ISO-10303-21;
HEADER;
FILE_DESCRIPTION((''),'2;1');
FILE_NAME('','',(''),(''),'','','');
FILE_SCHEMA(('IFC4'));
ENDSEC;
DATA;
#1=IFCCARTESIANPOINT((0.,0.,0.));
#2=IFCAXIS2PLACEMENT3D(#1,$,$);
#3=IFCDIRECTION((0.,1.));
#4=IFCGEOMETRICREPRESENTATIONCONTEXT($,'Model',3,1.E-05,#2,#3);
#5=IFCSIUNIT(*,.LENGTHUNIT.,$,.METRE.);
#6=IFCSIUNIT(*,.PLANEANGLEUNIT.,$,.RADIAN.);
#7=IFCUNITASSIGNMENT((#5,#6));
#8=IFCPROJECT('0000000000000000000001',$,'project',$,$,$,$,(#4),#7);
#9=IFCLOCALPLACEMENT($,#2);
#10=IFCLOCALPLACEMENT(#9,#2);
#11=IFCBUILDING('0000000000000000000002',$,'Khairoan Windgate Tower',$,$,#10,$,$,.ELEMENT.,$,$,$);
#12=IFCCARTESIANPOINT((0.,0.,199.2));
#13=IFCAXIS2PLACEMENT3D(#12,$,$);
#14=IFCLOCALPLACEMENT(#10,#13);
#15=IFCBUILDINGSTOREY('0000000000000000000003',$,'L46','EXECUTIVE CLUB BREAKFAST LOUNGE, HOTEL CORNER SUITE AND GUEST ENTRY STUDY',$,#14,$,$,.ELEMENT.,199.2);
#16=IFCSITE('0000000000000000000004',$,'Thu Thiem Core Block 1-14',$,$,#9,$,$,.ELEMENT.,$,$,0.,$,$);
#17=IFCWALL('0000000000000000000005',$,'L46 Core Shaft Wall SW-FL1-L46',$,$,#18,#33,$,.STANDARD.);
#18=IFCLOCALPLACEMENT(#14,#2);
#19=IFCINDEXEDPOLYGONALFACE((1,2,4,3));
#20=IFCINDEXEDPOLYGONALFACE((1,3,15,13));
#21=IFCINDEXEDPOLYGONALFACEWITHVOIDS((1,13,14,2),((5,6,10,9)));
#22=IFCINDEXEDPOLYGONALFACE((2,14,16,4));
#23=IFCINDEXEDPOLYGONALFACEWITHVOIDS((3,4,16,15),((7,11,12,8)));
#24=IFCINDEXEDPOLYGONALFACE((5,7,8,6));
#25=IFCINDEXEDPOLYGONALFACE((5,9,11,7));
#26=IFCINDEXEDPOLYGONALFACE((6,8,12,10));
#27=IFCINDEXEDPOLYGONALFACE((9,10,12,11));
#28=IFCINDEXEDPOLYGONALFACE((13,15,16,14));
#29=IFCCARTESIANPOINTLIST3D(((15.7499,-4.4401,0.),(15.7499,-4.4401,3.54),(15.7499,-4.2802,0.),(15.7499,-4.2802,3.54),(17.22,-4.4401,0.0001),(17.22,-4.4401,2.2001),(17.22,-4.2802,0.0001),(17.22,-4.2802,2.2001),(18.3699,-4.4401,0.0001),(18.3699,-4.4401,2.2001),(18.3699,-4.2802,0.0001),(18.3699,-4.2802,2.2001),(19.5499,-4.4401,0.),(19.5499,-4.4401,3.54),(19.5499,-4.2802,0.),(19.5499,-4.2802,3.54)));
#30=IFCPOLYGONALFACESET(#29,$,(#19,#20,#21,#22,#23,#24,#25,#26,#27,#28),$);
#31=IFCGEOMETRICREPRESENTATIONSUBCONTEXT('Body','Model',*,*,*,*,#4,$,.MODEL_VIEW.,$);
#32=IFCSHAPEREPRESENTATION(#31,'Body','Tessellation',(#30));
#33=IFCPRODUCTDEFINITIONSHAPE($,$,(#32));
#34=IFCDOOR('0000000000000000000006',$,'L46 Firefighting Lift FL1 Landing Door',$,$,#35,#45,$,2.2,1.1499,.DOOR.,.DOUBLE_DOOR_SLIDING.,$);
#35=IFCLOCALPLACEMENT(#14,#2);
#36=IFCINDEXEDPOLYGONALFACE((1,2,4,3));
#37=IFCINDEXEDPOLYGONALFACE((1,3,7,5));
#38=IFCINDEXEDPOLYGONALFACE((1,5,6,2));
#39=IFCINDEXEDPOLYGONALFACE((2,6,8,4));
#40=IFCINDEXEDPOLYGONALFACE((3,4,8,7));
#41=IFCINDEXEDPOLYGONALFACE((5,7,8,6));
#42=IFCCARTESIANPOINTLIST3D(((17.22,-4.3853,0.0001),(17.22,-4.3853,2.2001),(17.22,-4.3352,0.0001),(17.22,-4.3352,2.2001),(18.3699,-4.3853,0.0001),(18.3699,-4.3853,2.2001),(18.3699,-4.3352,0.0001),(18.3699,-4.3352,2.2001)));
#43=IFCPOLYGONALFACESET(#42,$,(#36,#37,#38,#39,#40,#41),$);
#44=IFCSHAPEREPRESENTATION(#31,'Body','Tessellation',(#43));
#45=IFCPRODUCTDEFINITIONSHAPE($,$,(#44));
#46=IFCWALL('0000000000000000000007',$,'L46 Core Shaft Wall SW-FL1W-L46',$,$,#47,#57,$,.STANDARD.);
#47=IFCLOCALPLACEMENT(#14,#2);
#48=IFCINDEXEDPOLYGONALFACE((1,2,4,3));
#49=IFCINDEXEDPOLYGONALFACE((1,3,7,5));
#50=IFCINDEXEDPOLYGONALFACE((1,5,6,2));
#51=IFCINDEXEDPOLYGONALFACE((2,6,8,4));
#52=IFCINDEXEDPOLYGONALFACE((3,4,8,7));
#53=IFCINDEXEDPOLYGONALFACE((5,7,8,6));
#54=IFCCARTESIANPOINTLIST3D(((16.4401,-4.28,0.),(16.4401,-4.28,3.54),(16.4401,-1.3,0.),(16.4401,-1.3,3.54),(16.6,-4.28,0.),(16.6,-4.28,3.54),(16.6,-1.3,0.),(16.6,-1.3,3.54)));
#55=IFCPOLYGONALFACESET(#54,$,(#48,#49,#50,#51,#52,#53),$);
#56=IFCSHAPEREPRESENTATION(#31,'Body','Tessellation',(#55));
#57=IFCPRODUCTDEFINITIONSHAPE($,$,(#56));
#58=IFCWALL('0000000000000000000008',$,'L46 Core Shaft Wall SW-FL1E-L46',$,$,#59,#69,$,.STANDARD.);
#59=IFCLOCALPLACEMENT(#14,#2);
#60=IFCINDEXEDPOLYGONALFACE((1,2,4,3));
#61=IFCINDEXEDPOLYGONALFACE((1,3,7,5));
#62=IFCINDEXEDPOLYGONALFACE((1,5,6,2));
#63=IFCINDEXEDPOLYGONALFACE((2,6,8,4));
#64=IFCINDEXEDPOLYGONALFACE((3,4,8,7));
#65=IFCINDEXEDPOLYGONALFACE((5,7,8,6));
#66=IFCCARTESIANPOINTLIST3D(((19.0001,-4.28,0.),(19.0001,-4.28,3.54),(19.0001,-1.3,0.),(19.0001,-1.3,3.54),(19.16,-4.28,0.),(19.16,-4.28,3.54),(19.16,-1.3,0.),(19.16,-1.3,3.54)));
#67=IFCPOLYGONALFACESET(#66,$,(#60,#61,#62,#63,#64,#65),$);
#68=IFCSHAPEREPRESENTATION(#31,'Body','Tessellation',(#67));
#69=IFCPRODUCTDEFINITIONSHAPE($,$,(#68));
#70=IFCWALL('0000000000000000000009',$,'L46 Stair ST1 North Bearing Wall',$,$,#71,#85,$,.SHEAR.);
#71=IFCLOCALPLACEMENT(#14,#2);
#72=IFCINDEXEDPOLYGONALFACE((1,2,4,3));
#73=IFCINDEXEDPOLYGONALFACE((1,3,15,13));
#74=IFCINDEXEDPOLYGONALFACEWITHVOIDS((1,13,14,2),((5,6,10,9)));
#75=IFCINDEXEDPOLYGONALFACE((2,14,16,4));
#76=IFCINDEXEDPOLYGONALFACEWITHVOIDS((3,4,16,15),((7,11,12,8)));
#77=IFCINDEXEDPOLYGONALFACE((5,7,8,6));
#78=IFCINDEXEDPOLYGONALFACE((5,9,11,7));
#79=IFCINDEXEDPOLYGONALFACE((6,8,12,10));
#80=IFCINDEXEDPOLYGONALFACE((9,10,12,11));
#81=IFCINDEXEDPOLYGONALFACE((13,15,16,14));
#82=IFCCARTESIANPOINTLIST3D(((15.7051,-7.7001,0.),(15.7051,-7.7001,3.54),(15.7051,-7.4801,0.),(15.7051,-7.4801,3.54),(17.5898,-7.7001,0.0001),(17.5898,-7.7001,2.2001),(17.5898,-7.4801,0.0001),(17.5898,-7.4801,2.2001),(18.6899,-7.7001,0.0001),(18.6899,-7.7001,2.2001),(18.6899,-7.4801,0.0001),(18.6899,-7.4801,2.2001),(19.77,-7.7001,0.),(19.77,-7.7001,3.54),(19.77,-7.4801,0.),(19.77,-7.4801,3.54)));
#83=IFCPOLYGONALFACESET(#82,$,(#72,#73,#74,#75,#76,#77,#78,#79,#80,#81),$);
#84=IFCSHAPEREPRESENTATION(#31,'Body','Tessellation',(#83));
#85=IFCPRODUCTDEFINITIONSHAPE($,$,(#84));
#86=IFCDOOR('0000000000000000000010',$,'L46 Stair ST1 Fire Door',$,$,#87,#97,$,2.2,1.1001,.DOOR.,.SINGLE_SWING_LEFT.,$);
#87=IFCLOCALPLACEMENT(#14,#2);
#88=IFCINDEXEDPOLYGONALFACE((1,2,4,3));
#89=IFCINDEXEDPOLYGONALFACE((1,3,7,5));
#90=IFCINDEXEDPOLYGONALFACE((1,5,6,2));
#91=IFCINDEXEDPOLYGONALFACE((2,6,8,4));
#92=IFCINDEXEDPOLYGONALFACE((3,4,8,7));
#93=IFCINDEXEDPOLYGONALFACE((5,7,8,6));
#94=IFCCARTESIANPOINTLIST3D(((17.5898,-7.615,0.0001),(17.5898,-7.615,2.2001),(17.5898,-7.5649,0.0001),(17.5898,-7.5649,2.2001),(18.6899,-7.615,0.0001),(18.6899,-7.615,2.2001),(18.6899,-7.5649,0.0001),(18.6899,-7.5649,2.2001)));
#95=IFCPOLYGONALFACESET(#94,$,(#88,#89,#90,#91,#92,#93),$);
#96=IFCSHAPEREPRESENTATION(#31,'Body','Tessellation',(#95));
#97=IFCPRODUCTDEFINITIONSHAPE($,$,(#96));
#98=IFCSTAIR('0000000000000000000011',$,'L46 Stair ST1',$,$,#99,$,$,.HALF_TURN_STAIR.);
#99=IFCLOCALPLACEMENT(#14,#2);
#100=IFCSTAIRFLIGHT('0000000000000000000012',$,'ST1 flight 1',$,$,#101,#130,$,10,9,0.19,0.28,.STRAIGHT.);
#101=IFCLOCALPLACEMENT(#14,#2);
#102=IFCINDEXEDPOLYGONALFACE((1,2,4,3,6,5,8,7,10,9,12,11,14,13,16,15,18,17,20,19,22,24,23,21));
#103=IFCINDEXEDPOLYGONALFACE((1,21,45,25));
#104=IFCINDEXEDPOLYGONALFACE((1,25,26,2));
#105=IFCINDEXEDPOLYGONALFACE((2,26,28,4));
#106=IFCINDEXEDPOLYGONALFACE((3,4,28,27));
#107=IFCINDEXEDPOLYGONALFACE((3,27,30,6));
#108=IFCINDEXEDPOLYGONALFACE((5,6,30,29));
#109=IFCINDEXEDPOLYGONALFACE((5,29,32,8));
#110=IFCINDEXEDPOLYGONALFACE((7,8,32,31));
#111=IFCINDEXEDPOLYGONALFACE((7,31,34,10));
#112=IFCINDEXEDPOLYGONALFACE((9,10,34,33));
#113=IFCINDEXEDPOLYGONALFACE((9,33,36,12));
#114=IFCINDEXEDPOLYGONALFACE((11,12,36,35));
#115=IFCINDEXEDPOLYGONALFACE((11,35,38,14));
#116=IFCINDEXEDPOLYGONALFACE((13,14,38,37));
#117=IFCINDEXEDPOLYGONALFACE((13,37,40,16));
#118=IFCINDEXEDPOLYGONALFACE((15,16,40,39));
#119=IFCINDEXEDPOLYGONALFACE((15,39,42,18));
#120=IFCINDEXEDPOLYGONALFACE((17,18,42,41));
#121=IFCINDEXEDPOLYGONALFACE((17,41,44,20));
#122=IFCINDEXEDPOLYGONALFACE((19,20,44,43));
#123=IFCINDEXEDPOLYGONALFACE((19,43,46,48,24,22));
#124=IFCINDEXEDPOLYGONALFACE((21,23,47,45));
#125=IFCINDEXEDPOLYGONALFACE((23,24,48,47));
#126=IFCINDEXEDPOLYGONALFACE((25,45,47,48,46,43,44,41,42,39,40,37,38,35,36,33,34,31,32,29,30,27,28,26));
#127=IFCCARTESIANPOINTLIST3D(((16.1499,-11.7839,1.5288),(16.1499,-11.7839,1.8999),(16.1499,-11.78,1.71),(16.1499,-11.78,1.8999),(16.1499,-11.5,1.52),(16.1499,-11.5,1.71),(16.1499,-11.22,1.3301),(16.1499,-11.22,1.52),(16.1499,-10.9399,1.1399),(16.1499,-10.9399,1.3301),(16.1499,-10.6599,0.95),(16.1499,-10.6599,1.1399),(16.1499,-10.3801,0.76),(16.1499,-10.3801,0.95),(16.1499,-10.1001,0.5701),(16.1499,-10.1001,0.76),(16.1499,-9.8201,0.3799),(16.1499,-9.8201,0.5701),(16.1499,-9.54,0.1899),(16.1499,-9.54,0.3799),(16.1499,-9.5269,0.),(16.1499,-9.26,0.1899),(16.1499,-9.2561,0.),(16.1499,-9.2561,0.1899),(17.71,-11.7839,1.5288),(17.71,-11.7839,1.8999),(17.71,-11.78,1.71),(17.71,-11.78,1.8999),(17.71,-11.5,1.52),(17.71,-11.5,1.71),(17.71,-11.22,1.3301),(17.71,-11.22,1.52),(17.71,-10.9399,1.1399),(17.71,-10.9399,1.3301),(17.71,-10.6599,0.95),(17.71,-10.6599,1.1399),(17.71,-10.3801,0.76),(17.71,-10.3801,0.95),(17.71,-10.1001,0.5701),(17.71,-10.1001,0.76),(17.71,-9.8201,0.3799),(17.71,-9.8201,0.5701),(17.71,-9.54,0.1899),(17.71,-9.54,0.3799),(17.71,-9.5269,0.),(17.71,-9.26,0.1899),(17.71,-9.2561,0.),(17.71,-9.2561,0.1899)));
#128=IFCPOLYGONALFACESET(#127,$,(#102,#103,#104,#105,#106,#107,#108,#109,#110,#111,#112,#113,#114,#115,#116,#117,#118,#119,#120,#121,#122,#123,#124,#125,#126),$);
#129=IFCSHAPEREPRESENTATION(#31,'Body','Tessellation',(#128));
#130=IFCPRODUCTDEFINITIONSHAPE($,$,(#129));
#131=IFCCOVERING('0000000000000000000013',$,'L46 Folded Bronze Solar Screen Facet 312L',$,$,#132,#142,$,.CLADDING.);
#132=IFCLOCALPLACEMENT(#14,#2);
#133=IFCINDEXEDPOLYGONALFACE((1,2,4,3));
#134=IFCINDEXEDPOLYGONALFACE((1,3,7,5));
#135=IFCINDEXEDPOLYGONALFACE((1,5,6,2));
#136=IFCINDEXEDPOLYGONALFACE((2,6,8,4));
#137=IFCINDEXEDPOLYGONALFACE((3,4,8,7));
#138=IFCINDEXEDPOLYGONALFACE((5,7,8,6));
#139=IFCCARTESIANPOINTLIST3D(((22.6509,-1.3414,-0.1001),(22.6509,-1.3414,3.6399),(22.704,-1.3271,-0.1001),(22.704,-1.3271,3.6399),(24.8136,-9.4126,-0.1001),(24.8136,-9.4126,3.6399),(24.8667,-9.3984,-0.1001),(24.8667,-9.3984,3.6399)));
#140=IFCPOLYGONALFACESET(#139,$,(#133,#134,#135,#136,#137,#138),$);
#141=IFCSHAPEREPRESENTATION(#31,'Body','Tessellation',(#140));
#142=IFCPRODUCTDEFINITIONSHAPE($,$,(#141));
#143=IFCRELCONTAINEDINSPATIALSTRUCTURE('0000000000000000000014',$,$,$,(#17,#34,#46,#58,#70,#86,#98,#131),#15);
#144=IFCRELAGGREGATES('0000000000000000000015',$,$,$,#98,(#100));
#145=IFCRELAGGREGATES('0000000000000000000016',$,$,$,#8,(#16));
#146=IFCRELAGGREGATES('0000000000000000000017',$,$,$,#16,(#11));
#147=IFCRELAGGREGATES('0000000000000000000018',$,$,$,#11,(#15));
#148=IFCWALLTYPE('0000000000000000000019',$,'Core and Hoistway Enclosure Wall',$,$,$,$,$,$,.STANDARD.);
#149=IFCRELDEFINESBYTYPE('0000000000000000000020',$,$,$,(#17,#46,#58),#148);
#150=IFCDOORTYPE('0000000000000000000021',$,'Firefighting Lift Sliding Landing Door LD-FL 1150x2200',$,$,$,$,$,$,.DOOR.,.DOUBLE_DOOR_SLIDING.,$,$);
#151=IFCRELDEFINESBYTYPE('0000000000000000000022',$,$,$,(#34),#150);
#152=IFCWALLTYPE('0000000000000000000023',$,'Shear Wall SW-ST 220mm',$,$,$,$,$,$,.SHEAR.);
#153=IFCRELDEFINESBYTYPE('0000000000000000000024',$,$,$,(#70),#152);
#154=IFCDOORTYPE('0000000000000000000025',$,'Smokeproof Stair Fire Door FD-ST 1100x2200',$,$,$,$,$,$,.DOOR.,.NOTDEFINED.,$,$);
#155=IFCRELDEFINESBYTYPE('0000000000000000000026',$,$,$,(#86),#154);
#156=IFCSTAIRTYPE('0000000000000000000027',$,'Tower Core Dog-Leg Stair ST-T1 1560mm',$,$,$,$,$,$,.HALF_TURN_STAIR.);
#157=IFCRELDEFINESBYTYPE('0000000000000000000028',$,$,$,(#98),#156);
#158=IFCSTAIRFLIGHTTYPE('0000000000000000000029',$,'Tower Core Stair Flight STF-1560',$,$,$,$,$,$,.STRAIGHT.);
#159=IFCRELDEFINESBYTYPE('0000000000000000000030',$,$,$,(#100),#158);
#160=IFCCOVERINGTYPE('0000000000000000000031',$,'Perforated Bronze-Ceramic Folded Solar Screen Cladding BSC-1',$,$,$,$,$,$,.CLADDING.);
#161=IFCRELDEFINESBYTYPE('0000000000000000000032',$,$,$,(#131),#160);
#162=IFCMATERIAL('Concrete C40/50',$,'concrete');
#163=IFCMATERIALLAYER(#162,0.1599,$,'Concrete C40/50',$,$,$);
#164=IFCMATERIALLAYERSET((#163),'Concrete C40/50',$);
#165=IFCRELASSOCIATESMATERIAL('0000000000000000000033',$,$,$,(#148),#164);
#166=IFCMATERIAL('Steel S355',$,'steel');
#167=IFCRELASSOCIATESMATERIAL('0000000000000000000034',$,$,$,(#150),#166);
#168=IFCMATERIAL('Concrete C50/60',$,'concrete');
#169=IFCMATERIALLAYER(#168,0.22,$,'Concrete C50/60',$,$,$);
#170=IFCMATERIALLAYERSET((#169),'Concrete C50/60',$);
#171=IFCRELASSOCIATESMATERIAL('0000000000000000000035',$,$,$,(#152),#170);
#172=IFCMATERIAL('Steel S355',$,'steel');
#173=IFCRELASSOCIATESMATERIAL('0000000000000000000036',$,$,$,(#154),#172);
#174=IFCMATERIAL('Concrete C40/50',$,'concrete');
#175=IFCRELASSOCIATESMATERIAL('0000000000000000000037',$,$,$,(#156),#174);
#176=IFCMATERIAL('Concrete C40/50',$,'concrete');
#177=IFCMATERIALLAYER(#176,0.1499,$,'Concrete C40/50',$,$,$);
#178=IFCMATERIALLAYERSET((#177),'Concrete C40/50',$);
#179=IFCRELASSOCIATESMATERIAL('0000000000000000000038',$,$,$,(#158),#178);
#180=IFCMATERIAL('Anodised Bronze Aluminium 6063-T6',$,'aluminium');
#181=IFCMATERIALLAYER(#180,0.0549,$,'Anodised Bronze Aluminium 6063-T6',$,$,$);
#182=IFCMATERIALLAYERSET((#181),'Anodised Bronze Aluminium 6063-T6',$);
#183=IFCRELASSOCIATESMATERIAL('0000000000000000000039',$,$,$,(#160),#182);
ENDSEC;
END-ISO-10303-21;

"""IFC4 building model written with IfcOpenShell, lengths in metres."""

from ifc_helpers import new_model, si_unit, direction, frame, frame_2d, origin, origin_2d, place, context, subcontext, project, spatial, polyline, rectangle, outline, extrude, material, layer, layer_set, type_object, element, fill, aggregate, save


model = new_model("IFC4")

# Units and contexts
model_context = context("Model", 3, precision=1e-05, world=origin(), true_north=direction((0.0, 1.0)))
body_context = subcontext(model_context, "Body", "Model", "MODEL_VIEW")
ifc_project = project(units=[si_unit("LENGTHUNIT", "METRE"), si_unit("PLANEANGLEUNIT", "RADIAN")], contexts=[model_context])

# Site, building, storey
site_placement = place(None, origin())
site = spatial("IfcSite", under=ifc_project, at=site_placement, Name="Thu Thiem Core Block 1-14", CompositionType="ELEMENT", RefElevation=0.0)
building_placement = place(site_placement, origin())
building = spatial("IfcBuilding", under=site, at=building_placement, Name="Khairoan Windgate Tower", CompositionType="ELEMENT")
storey_placement = place(building_placement, frame((0.0, 0.0, 199.2)))
storey = spatial("IfcBuildingStorey", under=building, at=storey_placement, Name="L46", Description="EXECUTIVE CLUB BREAKFAST LOUNGE, HOTEL CORNER SUITE AND GUEST ENTRY STUDY", CompositionType="ELEMENT", Elevation=199.2)

# Shared definitions
ifc_material_1 = material(Name="Concrete C40/50", Category="concrete")
ifc_layer_1 = layer(ifc_material_1, 0.1599, Name="Concrete C40/50")
ifc_layer_set_1 = layer_set([ifc_layer_1], Name="Concrete C40/50")
wall_type_1 = type_object("IfcWallType", Name="Core and Hoistway Enclosure Wall", PredefinedType="STANDARD", material=ifc_layer_set_1)

# Wall, opening, door
wall_1_placement = place(storey_placement, frame((15.75, -4.3601, 0.0), z_axis=(0.0, 0.0, 1.0), x_axis=(1.0, 0.0, 0.0)))
wall_1 = element("IfcWall", 1, at=wall_1_placement, inside=storey, type_object=wall_type_1, Name="L46 Core Shaft Wall SW-FL1-L46", PredefinedType="STANDARD", context=body_context, shape_type="SweptSolid", body=[
    extrude(rectangle(XDim=3.8, YDim=0.1599, at=frame_2d((1.8999, 0.0))), origin(), (0.0, 0.0, 1.0), 3.54),
])
opening_1_placement = place(wall_1_placement, frame((1.47, 0.0, 0.0)))
opening_1 = element("IfcOpeningElement", 2, at=opening_1_placement, cuts=wall_1, PredefinedType="OPENING", context=body_context, shape_type="SweptSolid", body=[
    extrude(rectangle(XDim=1.1499, YDim=2.2, at=frame_2d((0.575, 1.1001))), frame((0.0, 0.0898, 0.0), z_axis=(0.0, -1.0, 0.0), x_axis=(1.0, 0.0, 0.0)), (0.0, 0.0, 1.0), 0.1799),
])
ifc_material_2 = material(Name="Steel S355", Category="steel")
door_type_1 = type_object("IfcDoorType", Name="Firefighting Lift Sliding Landing Door LD-FL 1150x2200", OperationType="DOUBLE_DOOR_SLIDING", PredefinedType="DOOR", material=ifc_material_2)
door_1_placement = place(opening_1_placement, origin())
door_1 = element("IfcDoor", 3, at=door_1_placement, inside=storey, type_object=door_type_1, Name="L46 Firefighting Lift FL1 Landing Door", OperationType="DOUBLE_DOOR_SLIDING", OverallHeight=2.2, OverallWidth=1.1499, PredefinedType="DOOR", context=body_context, shape_type="SweptSolid", body=[
    extrude(rectangle(XDim=1.1499, YDim=2.2, at=frame_2d((0.575, 1.1001))), frame((0.0, 0.0249, 0.0), z_axis=(0.0, -1.0, 0.0), x_axis=(1.0, 0.0, 0.0)), (0.0, 0.0, 1.0), 0.05),
])
fill(opening_1, door_1)

# Walls
for number, where, z_axis, x_axis, name in (
    (4, (16.52, -4.28, 0.0), (0.0, 0.0, 1.0), (0.0, 1.0, 0.0), "L46 Core Shaft Wall SW-FL1W-L46"),
    (5, (19.0801, -4.28, 0.0), (0.0, 0.0, 1.0), (0.0, 1.0, 0.0), "L46 Core Shaft Wall SW-FL1E-L46"),
):
    element("IfcWall", number, at=place(storey_placement, frame(where, z_axis=z_axis, x_axis=x_axis)), inside=storey, type_object=wall_type_1, Name=name, PredefinedType="STANDARD", context=body_context, shape_type="SweptSolid", body=[
        extrude(rectangle(XDim=2.98, YDim=0.1599, at=frame_2d((1.49, 0.0))), origin(), (0.0, 0.0, 1.0), 3.54),
    ])

# Wall, opening, door
ifc_material_3 = material(Name="Concrete C50/60", Category="concrete")
ifc_layer_2 = layer(ifc_material_3, 0.22, Name="Concrete C50/60")
ifc_layer_set_2 = layer_set([ifc_layer_2], Name="Concrete C50/60")
wall_type_2 = type_object("IfcWallType", Name="Shear Wall SW-ST 220mm", PredefinedType="SHEAR", material=ifc_layer_set_2)
wall_2_placement = place(storey_placement, frame((19.77, -7.5901, 0.0), z_axis=(0.0, 0.0, 1.0), x_axis=(-1.0, 0.0, 0.0)))
wall_2 = element("IfcWall", 6, at=wall_2_placement, inside=storey, type_object=wall_type_2, Name="L46 Stair ST1 North Bearing Wall", PredefinedType="SHEAR", context=body_context, shape_type="SweptSolid", body=[
    extrude(rectangle(XDim=4.0649, YDim=0.22, at=frame_2d((2.0325, 0.0))), origin(), (0.0, 0.0, 1.0), 3.54),
])
opening_2_placement = place(wall_2_placement, frame((1.0801, 0.0, 0.0)))
opening_2 = element("IfcOpeningElement", 7, at=opening_2_placement, cuts=wall_2, PredefinedType="OPENING", context=body_context, shape_type="SweptSolid", body=[
    extrude(rectangle(XDim=1.1001, YDim=2.2, at=frame_2d((0.55, 1.1001))), frame((0.0, 0.1199, 0.0), z_axis=(0.0, -1.0, 0.0), x_axis=(1.0, 0.0, 0.0)), (0.0, 0.0, 1.0), 0.24),
])
ifc_material_4 = material(Name="Steel S355", Category="steel")
door_type_2 = type_object("IfcDoorType", Name="Smokeproof Stair Fire Door FD-ST 1100x2200", OperationType="NOTDEFINED", PredefinedType="DOOR", material=ifc_material_4)
door_2_placement = place(opening_2_placement, origin())
door_2 = element("IfcDoor", 8, at=door_2_placement, inside=storey, type_object=door_type_2, Name="L46 Stair ST1 Fire Door", OperationType="SINGLE_SWING_LEFT", OverallHeight=2.2, OverallWidth=1.1001, PredefinedType="DOOR", context=body_context, shape_type="SweptSolid", body=[
    extrude(rectangle(XDim=1.1001, YDim=2.2, at=frame_2d((0.55, 1.1001))), frame((0.0, 0.0249, 0.0), z_axis=(0.0, -1.0, 0.0), x_axis=(1.0, 0.0, 0.0)), (0.0, 0.0, 1.0), 0.05),
])
fill(opening_2, door_2)

# Stair, stair flight
ifc_material_5 = material(Name="Concrete C40/50", Category="concrete")
stair_type = type_object("IfcStairType", Name="Tower Core Dog-Leg Stair ST-T1 1560mm", PredefinedType="HALF_TURN_STAIR", material=ifc_material_5)
stair_placement = place(storey_placement, origin())
stair = element("IfcStair", 9, at=stair_placement, inside=storey, type_object=stair_type, Name="L46 Stair ST1", PredefinedType="HALF_TURN_STAIR")
ifc_material_6 = material(Name="Concrete C40/50", Category="concrete")
ifc_layer_3 = layer(ifc_material_6, 0.1499, Name="Concrete C40/50")
ifc_layer_set_3 = layer_set([ifc_layer_3], Name="Concrete C40/50")
stair_flight_type = type_object("IfcStairFlightType", Name="Tower Core Stair Flight STF-1560", PredefinedType="STRAIGHT", material=ifc_layer_set_3)
stair_flight_placement = place(storey_placement, frame((16.9299, -9.26, 0.0), z_axis=(0.0, 0.0, 1.0), x_axis=(0.0, -1.0, 0.0)))
stair_flight = element("IfcStairFlight", 10, at=stair_flight_placement, type_object=stair_flight_type, Name="ST1 flight 1", NumberOfRisers=10, NumberOfTreads=9, PredefinedType="STRAIGHT", RiserHeight=0.19, TreadLength=0.28, context=body_context, shape_type="SweptSolid", body=[
    extrude(outline(polyline([(-0.0039, 0.0), (-0.0039, 0.1899), (0.0, 0.1899), (0.28, 0.1899), (0.28, 0.3799), (0.5601, 0.3799), (0.5601, 0.5701), (0.8401, 0.5701), (0.8401, 0.76), (1.1201, 0.76), (1.1201, 0.95), (1.3999, 0.95), (1.3999, 1.1399), (1.6799, 1.1399), (1.6799, 1.3301), (1.96, 1.3301), (1.96, 1.52), (2.24, 1.52), (2.24, 1.71), (2.52, 1.71), (2.52, 1.8999), (2.5239, 1.8999), (2.5239, 1.5288), (0.2668, 0.0), (-0.0039, 0.0)])), frame((0.0, 0.78, 0.0), z_axis=(0.0, -1.0, 0.0), x_axis=(1.0, 0.0, 0.0)), (0.0, 0.0, 1.0), 1.5601),
])
aggregate(stair, [stair_flight])

# Covering
ifc_material_7 = material(Name="Anodised Bronze Aluminium 6063-T6", Category="aluminium")
ifc_layer_4 = layer(ifc_material_7, 0.0549, Name="Anodised Bronze Aluminium 6063-T6")
ifc_layer_set_4 = layer_set([ifc_layer_4], Name="Anodised Bronze Aluminium 6063-T6")
covering_type = type_object("IfcCoveringType", Name="Perforated Bronze-Ceramic Folded Solar Screen Cladding BSC-1", PredefinedType="CLADDING", material=ifc_layer_set_4)
covering_placement = place(storey_placement, frame((23.7588, -5.3699, -0.1001), z_axis=(0.0, 0.0, 1.0), x_axis=(0.258819, -0.965926, 0.0)))
element("IfcCovering", 11, at=covering_placement, inside=storey, type_object=covering_type, Name="L46 Folded Bronze Solar Screen Facet 312L", PredefinedType="CLADDING", context=body_context, shape_type="SweptSolid", body=[
    extrude(rectangle(XDim=8.356, YDim=0.0549, at=origin_2d()), origin(), (0.0, 0.0, 1.0), 3.74),
])

save(model, "model.ifc")
